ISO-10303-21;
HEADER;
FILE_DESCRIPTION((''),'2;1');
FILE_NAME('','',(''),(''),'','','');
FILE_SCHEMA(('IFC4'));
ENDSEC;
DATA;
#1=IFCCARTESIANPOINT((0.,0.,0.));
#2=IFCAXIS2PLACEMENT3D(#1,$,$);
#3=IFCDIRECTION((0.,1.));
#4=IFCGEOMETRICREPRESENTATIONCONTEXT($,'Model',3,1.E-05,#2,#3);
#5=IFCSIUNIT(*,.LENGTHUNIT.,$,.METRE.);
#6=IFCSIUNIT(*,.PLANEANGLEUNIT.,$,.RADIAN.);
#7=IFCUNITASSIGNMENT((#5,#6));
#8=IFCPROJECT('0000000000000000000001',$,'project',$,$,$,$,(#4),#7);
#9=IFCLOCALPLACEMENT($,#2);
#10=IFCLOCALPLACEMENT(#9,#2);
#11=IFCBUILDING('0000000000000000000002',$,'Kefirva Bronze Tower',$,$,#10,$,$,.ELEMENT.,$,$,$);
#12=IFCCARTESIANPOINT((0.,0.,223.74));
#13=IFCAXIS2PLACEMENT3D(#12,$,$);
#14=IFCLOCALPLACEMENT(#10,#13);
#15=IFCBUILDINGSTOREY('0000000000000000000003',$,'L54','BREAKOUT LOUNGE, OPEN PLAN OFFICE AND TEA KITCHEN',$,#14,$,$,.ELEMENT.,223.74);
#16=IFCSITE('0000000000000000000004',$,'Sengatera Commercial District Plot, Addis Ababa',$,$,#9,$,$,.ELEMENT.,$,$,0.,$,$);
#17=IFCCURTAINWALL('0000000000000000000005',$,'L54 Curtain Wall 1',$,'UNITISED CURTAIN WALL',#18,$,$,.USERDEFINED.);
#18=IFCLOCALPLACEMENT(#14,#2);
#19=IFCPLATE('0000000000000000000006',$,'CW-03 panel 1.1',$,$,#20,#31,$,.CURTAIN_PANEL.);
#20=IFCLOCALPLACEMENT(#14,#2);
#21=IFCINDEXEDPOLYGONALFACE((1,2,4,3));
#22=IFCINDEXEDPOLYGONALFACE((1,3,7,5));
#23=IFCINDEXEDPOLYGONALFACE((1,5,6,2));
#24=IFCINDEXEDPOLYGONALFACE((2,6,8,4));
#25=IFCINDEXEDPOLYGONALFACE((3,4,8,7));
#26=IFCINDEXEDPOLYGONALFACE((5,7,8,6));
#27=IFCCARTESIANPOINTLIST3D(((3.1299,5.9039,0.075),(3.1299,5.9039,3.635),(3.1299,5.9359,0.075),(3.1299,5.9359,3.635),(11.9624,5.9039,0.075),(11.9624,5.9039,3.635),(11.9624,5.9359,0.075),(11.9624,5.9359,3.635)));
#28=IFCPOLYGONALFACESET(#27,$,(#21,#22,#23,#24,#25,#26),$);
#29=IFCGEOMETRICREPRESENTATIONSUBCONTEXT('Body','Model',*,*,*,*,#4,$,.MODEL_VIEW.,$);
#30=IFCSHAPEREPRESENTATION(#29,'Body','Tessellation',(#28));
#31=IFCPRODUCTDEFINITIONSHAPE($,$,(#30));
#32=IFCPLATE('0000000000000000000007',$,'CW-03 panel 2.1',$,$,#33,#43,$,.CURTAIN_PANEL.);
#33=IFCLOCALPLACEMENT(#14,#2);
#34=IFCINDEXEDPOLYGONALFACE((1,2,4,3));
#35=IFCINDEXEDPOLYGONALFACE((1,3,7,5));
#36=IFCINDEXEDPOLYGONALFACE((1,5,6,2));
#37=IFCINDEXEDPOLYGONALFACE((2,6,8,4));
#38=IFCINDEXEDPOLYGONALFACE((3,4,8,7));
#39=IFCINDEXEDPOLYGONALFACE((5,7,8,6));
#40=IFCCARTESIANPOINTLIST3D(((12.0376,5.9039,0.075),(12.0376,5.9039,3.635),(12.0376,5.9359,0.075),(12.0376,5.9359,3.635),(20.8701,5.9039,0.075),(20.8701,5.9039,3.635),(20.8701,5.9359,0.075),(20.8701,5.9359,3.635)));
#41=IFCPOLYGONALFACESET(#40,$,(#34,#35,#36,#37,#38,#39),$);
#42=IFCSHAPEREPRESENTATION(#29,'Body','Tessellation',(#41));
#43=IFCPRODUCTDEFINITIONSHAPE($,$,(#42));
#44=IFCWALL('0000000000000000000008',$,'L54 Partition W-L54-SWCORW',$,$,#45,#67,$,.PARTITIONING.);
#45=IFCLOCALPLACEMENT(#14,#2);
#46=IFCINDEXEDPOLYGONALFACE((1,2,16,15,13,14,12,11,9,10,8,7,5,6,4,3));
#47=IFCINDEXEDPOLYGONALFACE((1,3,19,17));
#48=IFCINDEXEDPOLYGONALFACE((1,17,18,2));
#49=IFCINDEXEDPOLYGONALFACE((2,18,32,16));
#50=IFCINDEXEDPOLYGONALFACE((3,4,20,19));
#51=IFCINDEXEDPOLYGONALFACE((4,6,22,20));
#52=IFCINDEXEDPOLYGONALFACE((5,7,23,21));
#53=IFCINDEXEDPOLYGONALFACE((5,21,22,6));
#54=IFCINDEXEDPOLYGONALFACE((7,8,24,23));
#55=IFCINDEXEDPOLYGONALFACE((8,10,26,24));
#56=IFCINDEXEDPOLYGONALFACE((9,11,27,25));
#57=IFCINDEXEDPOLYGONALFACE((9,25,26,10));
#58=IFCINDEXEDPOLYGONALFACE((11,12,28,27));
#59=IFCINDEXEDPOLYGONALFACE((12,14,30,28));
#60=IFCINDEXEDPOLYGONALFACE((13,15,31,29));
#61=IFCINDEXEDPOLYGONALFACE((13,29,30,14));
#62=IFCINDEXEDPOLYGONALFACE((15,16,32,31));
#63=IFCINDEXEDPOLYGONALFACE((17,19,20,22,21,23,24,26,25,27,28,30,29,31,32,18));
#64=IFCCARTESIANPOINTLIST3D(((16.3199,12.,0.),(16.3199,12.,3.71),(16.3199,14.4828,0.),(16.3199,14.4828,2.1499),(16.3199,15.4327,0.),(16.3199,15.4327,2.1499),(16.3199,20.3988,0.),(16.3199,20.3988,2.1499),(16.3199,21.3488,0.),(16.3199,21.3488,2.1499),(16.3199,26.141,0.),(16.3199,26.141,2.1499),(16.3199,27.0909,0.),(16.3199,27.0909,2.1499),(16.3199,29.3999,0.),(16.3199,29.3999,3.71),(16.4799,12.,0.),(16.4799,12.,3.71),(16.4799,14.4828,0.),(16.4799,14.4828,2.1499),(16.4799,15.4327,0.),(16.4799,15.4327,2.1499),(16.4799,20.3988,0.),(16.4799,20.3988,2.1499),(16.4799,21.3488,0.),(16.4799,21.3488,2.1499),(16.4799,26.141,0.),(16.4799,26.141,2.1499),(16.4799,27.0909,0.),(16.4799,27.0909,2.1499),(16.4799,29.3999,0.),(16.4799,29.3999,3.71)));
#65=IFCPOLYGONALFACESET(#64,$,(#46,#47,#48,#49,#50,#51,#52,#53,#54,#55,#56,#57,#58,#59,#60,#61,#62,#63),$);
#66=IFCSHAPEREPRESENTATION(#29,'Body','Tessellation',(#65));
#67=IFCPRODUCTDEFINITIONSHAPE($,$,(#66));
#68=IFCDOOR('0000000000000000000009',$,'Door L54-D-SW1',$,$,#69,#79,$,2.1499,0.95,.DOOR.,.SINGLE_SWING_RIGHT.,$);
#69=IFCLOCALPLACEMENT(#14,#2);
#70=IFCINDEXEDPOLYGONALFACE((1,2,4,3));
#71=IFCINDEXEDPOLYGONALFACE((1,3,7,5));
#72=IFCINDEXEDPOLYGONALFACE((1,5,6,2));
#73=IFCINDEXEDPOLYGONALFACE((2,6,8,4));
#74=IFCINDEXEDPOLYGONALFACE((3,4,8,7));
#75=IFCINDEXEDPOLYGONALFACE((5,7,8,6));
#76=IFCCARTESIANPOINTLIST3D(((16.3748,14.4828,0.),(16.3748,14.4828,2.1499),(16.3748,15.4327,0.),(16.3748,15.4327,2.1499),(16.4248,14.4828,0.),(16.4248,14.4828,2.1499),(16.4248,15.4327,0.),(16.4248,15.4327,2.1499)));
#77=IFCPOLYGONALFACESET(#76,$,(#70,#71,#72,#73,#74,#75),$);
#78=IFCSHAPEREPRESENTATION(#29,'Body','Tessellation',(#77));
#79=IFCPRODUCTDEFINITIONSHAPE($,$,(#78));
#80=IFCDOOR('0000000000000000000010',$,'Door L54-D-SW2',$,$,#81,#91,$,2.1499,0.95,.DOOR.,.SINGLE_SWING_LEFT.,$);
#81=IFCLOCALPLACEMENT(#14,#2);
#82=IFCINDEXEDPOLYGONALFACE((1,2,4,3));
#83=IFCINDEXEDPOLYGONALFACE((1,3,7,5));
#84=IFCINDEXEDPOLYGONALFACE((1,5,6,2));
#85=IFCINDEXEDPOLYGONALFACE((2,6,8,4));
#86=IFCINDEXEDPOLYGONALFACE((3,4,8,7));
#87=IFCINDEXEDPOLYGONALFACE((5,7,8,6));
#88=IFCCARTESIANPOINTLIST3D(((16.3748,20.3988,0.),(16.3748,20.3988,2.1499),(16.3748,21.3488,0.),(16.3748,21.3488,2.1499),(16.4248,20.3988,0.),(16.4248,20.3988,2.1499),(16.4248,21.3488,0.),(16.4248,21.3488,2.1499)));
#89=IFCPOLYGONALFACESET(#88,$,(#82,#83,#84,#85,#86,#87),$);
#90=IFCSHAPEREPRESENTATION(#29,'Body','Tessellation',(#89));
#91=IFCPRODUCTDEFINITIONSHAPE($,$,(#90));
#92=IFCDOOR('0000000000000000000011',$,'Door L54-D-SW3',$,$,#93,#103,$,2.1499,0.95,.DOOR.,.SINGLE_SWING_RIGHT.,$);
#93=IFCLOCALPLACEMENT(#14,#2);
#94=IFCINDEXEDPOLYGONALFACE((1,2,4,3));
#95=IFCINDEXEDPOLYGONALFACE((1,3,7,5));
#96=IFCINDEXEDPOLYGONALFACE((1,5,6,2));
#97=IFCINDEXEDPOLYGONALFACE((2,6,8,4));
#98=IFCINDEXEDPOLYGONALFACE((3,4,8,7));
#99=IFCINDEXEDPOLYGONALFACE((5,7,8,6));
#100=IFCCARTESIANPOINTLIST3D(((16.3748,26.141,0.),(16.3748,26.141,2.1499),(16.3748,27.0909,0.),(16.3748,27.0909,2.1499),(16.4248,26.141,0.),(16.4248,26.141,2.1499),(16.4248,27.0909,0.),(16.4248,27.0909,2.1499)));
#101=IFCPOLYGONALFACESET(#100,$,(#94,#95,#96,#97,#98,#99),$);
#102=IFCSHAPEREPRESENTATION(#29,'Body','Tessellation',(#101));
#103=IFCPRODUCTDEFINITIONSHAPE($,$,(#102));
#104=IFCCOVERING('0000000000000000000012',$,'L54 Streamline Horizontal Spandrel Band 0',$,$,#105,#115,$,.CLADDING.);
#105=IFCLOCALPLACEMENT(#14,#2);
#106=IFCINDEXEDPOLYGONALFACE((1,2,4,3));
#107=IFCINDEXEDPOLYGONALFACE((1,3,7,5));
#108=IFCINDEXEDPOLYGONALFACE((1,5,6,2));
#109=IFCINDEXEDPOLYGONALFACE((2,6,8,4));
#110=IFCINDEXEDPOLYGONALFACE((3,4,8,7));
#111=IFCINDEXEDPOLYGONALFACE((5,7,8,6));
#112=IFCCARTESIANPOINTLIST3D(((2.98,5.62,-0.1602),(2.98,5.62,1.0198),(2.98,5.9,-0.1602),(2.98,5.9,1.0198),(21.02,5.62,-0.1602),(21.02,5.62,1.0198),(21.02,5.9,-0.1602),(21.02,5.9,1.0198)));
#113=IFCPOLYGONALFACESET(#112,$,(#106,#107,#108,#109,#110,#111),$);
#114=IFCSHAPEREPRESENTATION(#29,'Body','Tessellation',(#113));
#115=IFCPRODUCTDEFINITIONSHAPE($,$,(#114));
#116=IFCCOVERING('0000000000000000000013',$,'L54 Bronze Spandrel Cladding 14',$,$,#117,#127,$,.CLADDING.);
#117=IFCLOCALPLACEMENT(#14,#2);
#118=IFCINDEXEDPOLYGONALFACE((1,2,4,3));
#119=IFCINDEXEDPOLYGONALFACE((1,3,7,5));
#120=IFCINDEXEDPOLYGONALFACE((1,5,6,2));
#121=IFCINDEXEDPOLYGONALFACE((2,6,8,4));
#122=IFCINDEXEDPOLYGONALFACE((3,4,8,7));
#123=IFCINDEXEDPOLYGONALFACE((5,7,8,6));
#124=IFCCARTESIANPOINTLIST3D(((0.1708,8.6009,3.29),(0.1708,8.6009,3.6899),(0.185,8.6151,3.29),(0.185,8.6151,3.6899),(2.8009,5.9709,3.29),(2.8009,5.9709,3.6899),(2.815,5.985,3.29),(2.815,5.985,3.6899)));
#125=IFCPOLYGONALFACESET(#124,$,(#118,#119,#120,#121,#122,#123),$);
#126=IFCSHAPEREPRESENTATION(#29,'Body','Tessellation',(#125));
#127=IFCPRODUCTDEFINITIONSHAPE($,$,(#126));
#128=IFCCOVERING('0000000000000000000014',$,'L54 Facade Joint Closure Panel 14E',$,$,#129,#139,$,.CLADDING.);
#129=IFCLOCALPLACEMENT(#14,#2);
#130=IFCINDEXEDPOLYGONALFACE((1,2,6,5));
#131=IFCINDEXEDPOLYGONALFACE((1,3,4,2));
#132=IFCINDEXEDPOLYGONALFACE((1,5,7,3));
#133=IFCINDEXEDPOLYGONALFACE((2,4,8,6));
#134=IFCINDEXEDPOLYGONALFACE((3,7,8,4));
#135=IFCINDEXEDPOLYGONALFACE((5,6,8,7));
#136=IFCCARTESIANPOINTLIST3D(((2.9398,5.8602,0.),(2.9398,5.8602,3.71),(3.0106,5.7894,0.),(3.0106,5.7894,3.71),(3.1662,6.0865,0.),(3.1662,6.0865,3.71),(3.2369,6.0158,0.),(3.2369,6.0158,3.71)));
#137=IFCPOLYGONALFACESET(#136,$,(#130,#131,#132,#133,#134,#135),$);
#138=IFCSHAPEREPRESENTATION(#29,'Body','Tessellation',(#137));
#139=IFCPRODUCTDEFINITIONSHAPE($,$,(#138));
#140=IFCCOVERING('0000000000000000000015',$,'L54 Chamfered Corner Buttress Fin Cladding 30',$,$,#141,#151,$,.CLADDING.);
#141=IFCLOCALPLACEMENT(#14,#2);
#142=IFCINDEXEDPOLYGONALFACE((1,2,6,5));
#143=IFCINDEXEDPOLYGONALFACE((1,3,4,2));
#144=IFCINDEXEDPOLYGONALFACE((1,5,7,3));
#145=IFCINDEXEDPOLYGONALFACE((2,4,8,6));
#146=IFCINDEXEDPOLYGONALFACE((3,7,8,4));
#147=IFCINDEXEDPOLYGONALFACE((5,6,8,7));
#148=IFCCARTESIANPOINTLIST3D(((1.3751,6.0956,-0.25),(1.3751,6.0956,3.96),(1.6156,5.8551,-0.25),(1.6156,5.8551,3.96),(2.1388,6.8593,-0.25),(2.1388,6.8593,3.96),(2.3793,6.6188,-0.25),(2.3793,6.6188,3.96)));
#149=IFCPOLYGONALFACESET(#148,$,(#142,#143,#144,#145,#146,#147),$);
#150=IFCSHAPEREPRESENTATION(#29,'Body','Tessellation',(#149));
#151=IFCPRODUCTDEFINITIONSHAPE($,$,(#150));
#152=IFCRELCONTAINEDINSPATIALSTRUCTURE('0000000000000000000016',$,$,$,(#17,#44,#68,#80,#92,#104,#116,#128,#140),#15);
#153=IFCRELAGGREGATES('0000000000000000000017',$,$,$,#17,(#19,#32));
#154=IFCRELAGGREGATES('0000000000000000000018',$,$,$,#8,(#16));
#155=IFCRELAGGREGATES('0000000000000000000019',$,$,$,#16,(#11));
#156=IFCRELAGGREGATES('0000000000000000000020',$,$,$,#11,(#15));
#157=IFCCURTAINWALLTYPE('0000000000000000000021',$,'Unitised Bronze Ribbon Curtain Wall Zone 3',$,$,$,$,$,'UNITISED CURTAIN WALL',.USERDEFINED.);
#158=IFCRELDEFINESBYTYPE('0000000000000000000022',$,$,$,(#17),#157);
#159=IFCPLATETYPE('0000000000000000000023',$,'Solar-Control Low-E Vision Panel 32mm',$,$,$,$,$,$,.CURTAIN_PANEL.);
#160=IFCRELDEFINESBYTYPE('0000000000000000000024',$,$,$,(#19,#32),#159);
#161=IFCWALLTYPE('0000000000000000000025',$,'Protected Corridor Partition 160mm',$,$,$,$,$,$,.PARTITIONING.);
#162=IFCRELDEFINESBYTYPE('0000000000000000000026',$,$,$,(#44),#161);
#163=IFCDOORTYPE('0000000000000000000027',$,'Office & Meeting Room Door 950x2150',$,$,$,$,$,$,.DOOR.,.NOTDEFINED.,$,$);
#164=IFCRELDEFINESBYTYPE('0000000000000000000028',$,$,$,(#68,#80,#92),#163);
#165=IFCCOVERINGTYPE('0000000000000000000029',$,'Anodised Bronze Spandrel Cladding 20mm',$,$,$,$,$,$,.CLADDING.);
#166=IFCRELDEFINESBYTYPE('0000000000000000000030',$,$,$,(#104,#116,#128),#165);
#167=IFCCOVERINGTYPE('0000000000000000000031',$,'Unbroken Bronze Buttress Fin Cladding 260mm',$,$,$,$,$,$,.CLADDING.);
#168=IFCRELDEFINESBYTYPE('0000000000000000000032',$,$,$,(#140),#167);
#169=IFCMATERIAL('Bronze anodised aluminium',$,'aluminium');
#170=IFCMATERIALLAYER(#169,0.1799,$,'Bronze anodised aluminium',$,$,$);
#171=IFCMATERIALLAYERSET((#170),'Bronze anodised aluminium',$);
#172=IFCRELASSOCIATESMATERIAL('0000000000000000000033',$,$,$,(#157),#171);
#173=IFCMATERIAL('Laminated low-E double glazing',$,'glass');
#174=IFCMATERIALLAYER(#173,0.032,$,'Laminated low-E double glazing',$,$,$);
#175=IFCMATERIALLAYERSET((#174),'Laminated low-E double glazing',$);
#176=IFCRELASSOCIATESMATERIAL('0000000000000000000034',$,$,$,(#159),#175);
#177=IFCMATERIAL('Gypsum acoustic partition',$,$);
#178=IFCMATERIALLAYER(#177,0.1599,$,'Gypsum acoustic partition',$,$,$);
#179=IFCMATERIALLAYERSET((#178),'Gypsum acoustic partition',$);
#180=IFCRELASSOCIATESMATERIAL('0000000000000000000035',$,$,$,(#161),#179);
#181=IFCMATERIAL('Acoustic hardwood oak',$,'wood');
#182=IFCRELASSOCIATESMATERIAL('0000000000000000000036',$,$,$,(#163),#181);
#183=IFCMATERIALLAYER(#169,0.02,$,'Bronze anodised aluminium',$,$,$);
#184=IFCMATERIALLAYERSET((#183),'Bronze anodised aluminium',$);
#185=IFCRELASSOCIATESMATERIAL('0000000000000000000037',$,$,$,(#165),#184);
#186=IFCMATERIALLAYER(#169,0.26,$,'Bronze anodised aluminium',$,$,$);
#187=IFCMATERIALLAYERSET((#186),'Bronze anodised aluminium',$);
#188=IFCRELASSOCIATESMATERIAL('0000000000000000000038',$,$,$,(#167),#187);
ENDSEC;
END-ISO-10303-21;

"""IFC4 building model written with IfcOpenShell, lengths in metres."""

from ifc_helpers import new_model, si_unit, direction, frame, frame_2d, origin, origin_2d, place, context, subcontext, project, spatial, rectangle, extrude, material, layer, layer_set, type_object, element, fill, aggregate, save


model = new_model("IFC4")

# Units and contexts
model_context = context("Model", 3, precision=1e-05, world=origin(), true_north=direction((0.0, 1.0)))
body_context = subcontext(model_context, "Body", "Model", "MODEL_VIEW")
ifc_project = project(units=[si_unit("LENGTHUNIT", "METRE"), si_unit("PLANEANGLEUNIT", "RADIAN")], contexts=[model_context])

# Site, building, storey
site_placement = place(None, origin())
site = spatial("IfcSite", under=ifc_project, at=site_placement, Name="Sengatera Commercial District Plot, Addis Ababa", CompositionType="ELEMENT", RefElevation=0.0)
building_placement = place(site_placement, origin())
building = spatial("IfcBuilding", under=site, at=building_placement, Name="Kefirva Bronze Tower", CompositionType="ELEMENT")
storey_placement = place(building_placement, frame((0.0, 0.0, 223.74)))
storey = spatial("IfcBuildingStorey", under=building, at=storey_placement, Name="L54", Description="BREAKOUT LOUNGE, OPEN PLAN OFFICE AND TEA KITCHEN", CompositionType="ELEMENT", Elevation=223.74)

# Curtain wall
ifc_material_1 = material(Name="Bronze anodised aluminium", Category="aluminium")
ifc_layer_1 = layer(ifc_material_1, 0.1799, Name="Bronze anodised aluminium")
ifc_layer_set_1 = layer_set([ifc_layer_1], Name="Bronze anodised aluminium")
curtain_wall_type = type_object("IfcCurtainWallType", Name="Unitised Bronze Ribbon Curtain Wall Zone 3", ElementType="UNITISED CURTAIN WALL", PredefinedType="USERDEFINED", material=ifc_layer_set_1)
curtain_wall_placement = place(storey_placement, origin())
curtain_wall = element("IfcCurtainWall", 1, at=curtain_wall_placement, inside=storey, type_object=curtain_wall_type, Name="L54 Curtain Wall 1", ObjectType="UNITISED CURTAIN WALL", PredefinedType="USERDEFINED")

# Plates
ifc_material_2 = material(Name="Laminated low-E double glazing", Category="glass")
ifc_layer_2 = layer(ifc_material_2, 0.032, Name="Laminated low-E double glazing")
ifc_layer_set_2 = layer_set([ifc_layer_2], Name="Laminated low-E double glazing")
plate_type = type_object("IfcPlateType", Name="Solar-Control Low-E Vision Panel 32mm", PredefinedType="CURTAIN_PANEL", material=ifc_layer_set_2)
plate_1_placement = place(storey_placement, frame((7.5461, 5.9199, 0.075), z_axis=(0.0, 0.0, 1.0), x_axis=(1.0, 0.0, 0.0)))
plate_1 = element("IfcPlate", 2, at=plate_1_placement, type_object=plate_type, Name="CW-03 panel 1.1", PredefinedType="CURTAIN_PANEL", context=body_context, shape_type="SweptSolid", body=[
    extrude(rectangle(XDim=8.8325, YDim=0.032, at=origin_2d()), origin(), (0.0, 0.0, 1.0), 3.5601),
])
plate_2_placement = place(storey_placement, frame((16.4539, 5.9199, 0.075), z_axis=(0.0, 0.0, 1.0), x_axis=(1.0, 0.0, 0.0)))
plate_2 = element("IfcPlate", 3, at=plate_2_placement, type_object=plate_type, Name="CW-03 panel 2.1", PredefinedType="CURTAIN_PANEL", context=body_context, shape_type="SweptSolid", body=[
    extrude(rectangle(XDim=8.8325, YDim=0.032, at=origin_2d()), origin(), (0.0, 0.0, 1.0), 3.5601),
])
aggregate(curtain_wall, [plate_1, plate_2])

# Wall, openings, doors
ifc_material_3 = material(Name="Gypsum acoustic partition")
ifc_layer_3 = layer(ifc_material_3, 0.1599, Name="Gypsum acoustic partition")
ifc_layer_set_3 = layer_set([ifc_layer_3], Name="Gypsum acoustic partition")
wall_type = type_object("IfcWallType", Name="Protected Corridor Partition 160mm", PredefinedType="PARTITIONING", material=ifc_layer_set_3)
wall_placement = place(storey_placement, frame((16.3999, 12.0, 0.0), z_axis=(0.0, 0.0, 1.0), x_axis=(0.0, 1.0, 0.0)))
wall = element("IfcWall", 4, at=wall_placement, inside=storey, type_object=wall_type, Name="L54 Partition W-L54-SWCORW", PredefinedType="PARTITIONING", context=body_context, shape_type="SweptSolid", body=[
    extrude(rectangle(XDim=17.3999, YDim=0.1599, at=frame_2d((8.7, 0.0))), origin(), (0.0, 0.0, 1.0), 3.71),
])
opening_1_placement = place(wall_placement, frame((3.4329, 0.0, 0.0), z_axis=(0.0, 0.0, 1.0), x_axis=(-1.0, 0.0, 0.0)))
opening_1 = element("IfcOpeningElement", 5, at=opening_1_placement, cuts=wall, PredefinedType="OPENING", context=body_context, shape_type="SweptSolid", body=[
    extrude(rectangle(XDim=0.95, YDim=2.1499, at=frame_2d((0.4751, 1.075))), frame((0.0, 0.0898, 0.0), z_axis=(0.0, -1.0, 0.0), x_axis=(1.0, 0.0, 0.0)), (0.0, 0.0, 1.0), 0.1799),
])
opening_2_placement = place(wall_placement, frame((9.3489, 0.0, 0.0), z_axis=(0.0, 0.0, 1.0), x_axis=(-1.0, 0.0, 0.0)))
opening_2 = element("IfcOpeningElement", 6, at=opening_2_placement, cuts=wall, PredefinedType="OPENING", context=body_context, shape_type="SweptSolid", body=[
    extrude(rectangle(XDim=0.95, YDim=2.1499, at=frame_2d((0.4751, 1.075))), frame((0.0, 0.0898, 0.0), z_axis=(0.0, -1.0, 0.0), x_axis=(1.0, 0.0, 0.0)), (0.0, 0.0, 1.0), 0.1799),
])
opening_3_placement = place(wall_placement, frame((15.0911, 0.0, 0.0), z_axis=(0.0, 0.0, 1.0), x_axis=(-1.0, 0.0, 0.0)))
opening_3 = element("IfcOpeningElement", 7, at=opening_3_placement, cuts=wall, PredefinedType="OPENING", context=body_context, shape_type="SweptSolid", body=[
    extrude(rectangle(XDim=0.95, YDim=2.1499, at=frame_2d((0.4751, 1.075))), frame((0.0, 0.0898, 0.0), z_axis=(0.0, -1.0, 0.0), x_axis=(1.0, 0.0, 0.0)), (0.0, 0.0, 1.0), 0.1799),
])
ifc_material_4 = material(Name="Acoustic hardwood oak", Category="wood")
door_type = type_object("IfcDoorType", Name="Office & Meeting Room Door 950x2150", OperationType="NOTDEFINED", PredefinedType="DOOR", material=ifc_material_4)
door_1_placement = place(opening_1_placement, origin())
door_1 = element("IfcDoor", 8, at=door_1_placement, inside=storey, type_object=door_type, Name="Door L54-D-SW1", OperationType="SINGLE_SWING_RIGHT", OverallHeight=2.1499, OverallWidth=0.95, PredefinedType="DOOR", context=body_context, shape_type="SweptSolid", body=[
    extrude(rectangle(XDim=0.95, YDim=2.1499, at=frame_2d((0.4751, 1.075))), frame((0.0, 0.0249, 0.0), z_axis=(0.0, -1.0, 0.0), x_axis=(1.0, 0.0, 0.0)), (0.0, 0.0, 1.0), 0.05),
])
fill(opening_1, door_1)
door_2_placement = place(opening_2_placement, origin())
door_2 = element("IfcDoor", 9, at=door_2_placement, inside=storey, type_object=door_type, Name="Door L54-D-SW2", OperationType="SINGLE_SWING_LEFT", OverallHeight=2.1499, OverallWidth=0.95, PredefinedType="DOOR", context=body_context, shape_type="SweptSolid", body=[
    extrude(rectangle(XDim=0.95, YDim=2.1499, at=frame_2d((0.4751, 1.075))), frame((0.0, 0.0249, 0.0), z_axis=(0.0, -1.0, 0.0), x_axis=(1.0, 0.0, 0.0)), (0.0, 0.0, 1.0), 0.05),
])
fill(opening_2, door_2)
door_3_placement = place(opening_3_placement, origin())
door_3 = element("IfcDoor", 10, at=door_3_placement, inside=storey, type_object=door_type, Name="Door L54-D-SW3", OperationType="SINGLE_SWING_RIGHT", OverallHeight=2.1499, OverallWidth=0.95, PredefinedType="DOOR", context=body_context, shape_type="SweptSolid", body=[
    extrude(rectangle(XDim=0.95, YDim=2.1499, at=frame_2d((0.4751, 1.075))), frame((0.0, 0.0249, 0.0), z_axis=(0.0, -1.0, 0.0), x_axis=(1.0, 0.0, 0.0)), (0.0, 0.0, 1.0), 0.05),
])
fill(opening_3, door_3)

# Coverings
ifc_layer_4 = layer(ifc_material_1, 0.02, Name="Bronze anodised aluminium")
ifc_layer_set_4 = layer_set([ifc_layer_4], Name="Bronze anodised aluminium")
covering_type_1 = type_object("IfcCoveringType", Name="Anodised Bronze Spandrel Cladding 20mm", PredefinedType="CLADDING", material=ifc_layer_set_4)
covering_1_placement = place(storey_placement, frame((12.0, 5.76, -0.1602), z_axis=(0.0, 0.0, 1.0), x_axis=(1.0, 0.0, 0.0)))
element("IfcCovering", 11, at=covering_1_placement, inside=storey, type_object=covering_type_1, Name="L54 Streamline Horizontal Spandrel Band 0", PredefinedType="CLADDING", context=body_context, shape_type="SweptSolid", body=[
    extrude(rectangle(XDim=18.04, YDim=0.28, at=origin_2d()), origin(), (0.0, 0.0, 1.0), 1.1799),
])
covering_2_placement = place(storey_placement, frame((1.4929, 7.293, 3.29), z_axis=(0.0, 0.0, 1.0), x_axis=(0.707107, -0.707107, 0.0)))
element("IfcCovering", 12, at=covering_2_placement, inside=storey, type_object=covering_type_1, Name="L54 Bronze Spandrel Cladding 14", PredefinedType="CLADDING", context=body_context, shape_type="SweptSolid", body=[
    extrude(rectangle(XDim=3.7195, YDim=0.02, at=origin_2d()), origin(), (0.0, 0.0, 1.0), 0.3999),
])
covering_3_placement = place(storey_placement, frame((3.0884, 5.938, 0.0), z_axis=(0.0, 0.0, 1.0), x_axis=(0.707107, -0.707107, 0.0)))
element("IfcCovering", 13, at=covering_3_placement, inside=storey, type_object=covering_type_1, Name="L54 Facade Joint Closure Panel 14E", PredefinedType="CLADDING", context=body_context, shape_type="SweptSolid", body=[
    extrude(rectangle(XDim=0.1001, YDim=0.3201, at=origin_2d()), origin(), (0.0, 0.0, 1.0), 3.71),
])
ifc_layer_5 = layer(ifc_material_1, 0.26, Name="Bronze anodised aluminium")
ifc_layer_set_5 = layer_set([ifc_layer_5], Name="Bronze anodised aluminium")
covering_type_2 = type_object("IfcCoveringType", Name="Unbroken Bronze Buttress Fin Cladding 260mm", PredefinedType="CLADDING", material=ifc_layer_set_5)
covering_4_placement = place(storey_placement, frame((1.8772, 6.3572, -0.25), z_axis=(0.0, 0.0, 1.0), x_axis=(0.707107, -0.707107, 0.0)))
element("IfcCovering", 14, at=covering_4_placement, inside=storey, type_object=covering_type_2, Name="L54 Chamfered Corner Buttress Fin Cladding 30", PredefinedType="CLADDING", context=body_context, shape_type="SweptSolid", body=[
    extrude(rectangle(XDim=0.3401, YDim=1.0801, at=origin_2d()), origin(), (0.0, 0.0, 1.0), 4.21),
])

save(model, "model.ifc")
